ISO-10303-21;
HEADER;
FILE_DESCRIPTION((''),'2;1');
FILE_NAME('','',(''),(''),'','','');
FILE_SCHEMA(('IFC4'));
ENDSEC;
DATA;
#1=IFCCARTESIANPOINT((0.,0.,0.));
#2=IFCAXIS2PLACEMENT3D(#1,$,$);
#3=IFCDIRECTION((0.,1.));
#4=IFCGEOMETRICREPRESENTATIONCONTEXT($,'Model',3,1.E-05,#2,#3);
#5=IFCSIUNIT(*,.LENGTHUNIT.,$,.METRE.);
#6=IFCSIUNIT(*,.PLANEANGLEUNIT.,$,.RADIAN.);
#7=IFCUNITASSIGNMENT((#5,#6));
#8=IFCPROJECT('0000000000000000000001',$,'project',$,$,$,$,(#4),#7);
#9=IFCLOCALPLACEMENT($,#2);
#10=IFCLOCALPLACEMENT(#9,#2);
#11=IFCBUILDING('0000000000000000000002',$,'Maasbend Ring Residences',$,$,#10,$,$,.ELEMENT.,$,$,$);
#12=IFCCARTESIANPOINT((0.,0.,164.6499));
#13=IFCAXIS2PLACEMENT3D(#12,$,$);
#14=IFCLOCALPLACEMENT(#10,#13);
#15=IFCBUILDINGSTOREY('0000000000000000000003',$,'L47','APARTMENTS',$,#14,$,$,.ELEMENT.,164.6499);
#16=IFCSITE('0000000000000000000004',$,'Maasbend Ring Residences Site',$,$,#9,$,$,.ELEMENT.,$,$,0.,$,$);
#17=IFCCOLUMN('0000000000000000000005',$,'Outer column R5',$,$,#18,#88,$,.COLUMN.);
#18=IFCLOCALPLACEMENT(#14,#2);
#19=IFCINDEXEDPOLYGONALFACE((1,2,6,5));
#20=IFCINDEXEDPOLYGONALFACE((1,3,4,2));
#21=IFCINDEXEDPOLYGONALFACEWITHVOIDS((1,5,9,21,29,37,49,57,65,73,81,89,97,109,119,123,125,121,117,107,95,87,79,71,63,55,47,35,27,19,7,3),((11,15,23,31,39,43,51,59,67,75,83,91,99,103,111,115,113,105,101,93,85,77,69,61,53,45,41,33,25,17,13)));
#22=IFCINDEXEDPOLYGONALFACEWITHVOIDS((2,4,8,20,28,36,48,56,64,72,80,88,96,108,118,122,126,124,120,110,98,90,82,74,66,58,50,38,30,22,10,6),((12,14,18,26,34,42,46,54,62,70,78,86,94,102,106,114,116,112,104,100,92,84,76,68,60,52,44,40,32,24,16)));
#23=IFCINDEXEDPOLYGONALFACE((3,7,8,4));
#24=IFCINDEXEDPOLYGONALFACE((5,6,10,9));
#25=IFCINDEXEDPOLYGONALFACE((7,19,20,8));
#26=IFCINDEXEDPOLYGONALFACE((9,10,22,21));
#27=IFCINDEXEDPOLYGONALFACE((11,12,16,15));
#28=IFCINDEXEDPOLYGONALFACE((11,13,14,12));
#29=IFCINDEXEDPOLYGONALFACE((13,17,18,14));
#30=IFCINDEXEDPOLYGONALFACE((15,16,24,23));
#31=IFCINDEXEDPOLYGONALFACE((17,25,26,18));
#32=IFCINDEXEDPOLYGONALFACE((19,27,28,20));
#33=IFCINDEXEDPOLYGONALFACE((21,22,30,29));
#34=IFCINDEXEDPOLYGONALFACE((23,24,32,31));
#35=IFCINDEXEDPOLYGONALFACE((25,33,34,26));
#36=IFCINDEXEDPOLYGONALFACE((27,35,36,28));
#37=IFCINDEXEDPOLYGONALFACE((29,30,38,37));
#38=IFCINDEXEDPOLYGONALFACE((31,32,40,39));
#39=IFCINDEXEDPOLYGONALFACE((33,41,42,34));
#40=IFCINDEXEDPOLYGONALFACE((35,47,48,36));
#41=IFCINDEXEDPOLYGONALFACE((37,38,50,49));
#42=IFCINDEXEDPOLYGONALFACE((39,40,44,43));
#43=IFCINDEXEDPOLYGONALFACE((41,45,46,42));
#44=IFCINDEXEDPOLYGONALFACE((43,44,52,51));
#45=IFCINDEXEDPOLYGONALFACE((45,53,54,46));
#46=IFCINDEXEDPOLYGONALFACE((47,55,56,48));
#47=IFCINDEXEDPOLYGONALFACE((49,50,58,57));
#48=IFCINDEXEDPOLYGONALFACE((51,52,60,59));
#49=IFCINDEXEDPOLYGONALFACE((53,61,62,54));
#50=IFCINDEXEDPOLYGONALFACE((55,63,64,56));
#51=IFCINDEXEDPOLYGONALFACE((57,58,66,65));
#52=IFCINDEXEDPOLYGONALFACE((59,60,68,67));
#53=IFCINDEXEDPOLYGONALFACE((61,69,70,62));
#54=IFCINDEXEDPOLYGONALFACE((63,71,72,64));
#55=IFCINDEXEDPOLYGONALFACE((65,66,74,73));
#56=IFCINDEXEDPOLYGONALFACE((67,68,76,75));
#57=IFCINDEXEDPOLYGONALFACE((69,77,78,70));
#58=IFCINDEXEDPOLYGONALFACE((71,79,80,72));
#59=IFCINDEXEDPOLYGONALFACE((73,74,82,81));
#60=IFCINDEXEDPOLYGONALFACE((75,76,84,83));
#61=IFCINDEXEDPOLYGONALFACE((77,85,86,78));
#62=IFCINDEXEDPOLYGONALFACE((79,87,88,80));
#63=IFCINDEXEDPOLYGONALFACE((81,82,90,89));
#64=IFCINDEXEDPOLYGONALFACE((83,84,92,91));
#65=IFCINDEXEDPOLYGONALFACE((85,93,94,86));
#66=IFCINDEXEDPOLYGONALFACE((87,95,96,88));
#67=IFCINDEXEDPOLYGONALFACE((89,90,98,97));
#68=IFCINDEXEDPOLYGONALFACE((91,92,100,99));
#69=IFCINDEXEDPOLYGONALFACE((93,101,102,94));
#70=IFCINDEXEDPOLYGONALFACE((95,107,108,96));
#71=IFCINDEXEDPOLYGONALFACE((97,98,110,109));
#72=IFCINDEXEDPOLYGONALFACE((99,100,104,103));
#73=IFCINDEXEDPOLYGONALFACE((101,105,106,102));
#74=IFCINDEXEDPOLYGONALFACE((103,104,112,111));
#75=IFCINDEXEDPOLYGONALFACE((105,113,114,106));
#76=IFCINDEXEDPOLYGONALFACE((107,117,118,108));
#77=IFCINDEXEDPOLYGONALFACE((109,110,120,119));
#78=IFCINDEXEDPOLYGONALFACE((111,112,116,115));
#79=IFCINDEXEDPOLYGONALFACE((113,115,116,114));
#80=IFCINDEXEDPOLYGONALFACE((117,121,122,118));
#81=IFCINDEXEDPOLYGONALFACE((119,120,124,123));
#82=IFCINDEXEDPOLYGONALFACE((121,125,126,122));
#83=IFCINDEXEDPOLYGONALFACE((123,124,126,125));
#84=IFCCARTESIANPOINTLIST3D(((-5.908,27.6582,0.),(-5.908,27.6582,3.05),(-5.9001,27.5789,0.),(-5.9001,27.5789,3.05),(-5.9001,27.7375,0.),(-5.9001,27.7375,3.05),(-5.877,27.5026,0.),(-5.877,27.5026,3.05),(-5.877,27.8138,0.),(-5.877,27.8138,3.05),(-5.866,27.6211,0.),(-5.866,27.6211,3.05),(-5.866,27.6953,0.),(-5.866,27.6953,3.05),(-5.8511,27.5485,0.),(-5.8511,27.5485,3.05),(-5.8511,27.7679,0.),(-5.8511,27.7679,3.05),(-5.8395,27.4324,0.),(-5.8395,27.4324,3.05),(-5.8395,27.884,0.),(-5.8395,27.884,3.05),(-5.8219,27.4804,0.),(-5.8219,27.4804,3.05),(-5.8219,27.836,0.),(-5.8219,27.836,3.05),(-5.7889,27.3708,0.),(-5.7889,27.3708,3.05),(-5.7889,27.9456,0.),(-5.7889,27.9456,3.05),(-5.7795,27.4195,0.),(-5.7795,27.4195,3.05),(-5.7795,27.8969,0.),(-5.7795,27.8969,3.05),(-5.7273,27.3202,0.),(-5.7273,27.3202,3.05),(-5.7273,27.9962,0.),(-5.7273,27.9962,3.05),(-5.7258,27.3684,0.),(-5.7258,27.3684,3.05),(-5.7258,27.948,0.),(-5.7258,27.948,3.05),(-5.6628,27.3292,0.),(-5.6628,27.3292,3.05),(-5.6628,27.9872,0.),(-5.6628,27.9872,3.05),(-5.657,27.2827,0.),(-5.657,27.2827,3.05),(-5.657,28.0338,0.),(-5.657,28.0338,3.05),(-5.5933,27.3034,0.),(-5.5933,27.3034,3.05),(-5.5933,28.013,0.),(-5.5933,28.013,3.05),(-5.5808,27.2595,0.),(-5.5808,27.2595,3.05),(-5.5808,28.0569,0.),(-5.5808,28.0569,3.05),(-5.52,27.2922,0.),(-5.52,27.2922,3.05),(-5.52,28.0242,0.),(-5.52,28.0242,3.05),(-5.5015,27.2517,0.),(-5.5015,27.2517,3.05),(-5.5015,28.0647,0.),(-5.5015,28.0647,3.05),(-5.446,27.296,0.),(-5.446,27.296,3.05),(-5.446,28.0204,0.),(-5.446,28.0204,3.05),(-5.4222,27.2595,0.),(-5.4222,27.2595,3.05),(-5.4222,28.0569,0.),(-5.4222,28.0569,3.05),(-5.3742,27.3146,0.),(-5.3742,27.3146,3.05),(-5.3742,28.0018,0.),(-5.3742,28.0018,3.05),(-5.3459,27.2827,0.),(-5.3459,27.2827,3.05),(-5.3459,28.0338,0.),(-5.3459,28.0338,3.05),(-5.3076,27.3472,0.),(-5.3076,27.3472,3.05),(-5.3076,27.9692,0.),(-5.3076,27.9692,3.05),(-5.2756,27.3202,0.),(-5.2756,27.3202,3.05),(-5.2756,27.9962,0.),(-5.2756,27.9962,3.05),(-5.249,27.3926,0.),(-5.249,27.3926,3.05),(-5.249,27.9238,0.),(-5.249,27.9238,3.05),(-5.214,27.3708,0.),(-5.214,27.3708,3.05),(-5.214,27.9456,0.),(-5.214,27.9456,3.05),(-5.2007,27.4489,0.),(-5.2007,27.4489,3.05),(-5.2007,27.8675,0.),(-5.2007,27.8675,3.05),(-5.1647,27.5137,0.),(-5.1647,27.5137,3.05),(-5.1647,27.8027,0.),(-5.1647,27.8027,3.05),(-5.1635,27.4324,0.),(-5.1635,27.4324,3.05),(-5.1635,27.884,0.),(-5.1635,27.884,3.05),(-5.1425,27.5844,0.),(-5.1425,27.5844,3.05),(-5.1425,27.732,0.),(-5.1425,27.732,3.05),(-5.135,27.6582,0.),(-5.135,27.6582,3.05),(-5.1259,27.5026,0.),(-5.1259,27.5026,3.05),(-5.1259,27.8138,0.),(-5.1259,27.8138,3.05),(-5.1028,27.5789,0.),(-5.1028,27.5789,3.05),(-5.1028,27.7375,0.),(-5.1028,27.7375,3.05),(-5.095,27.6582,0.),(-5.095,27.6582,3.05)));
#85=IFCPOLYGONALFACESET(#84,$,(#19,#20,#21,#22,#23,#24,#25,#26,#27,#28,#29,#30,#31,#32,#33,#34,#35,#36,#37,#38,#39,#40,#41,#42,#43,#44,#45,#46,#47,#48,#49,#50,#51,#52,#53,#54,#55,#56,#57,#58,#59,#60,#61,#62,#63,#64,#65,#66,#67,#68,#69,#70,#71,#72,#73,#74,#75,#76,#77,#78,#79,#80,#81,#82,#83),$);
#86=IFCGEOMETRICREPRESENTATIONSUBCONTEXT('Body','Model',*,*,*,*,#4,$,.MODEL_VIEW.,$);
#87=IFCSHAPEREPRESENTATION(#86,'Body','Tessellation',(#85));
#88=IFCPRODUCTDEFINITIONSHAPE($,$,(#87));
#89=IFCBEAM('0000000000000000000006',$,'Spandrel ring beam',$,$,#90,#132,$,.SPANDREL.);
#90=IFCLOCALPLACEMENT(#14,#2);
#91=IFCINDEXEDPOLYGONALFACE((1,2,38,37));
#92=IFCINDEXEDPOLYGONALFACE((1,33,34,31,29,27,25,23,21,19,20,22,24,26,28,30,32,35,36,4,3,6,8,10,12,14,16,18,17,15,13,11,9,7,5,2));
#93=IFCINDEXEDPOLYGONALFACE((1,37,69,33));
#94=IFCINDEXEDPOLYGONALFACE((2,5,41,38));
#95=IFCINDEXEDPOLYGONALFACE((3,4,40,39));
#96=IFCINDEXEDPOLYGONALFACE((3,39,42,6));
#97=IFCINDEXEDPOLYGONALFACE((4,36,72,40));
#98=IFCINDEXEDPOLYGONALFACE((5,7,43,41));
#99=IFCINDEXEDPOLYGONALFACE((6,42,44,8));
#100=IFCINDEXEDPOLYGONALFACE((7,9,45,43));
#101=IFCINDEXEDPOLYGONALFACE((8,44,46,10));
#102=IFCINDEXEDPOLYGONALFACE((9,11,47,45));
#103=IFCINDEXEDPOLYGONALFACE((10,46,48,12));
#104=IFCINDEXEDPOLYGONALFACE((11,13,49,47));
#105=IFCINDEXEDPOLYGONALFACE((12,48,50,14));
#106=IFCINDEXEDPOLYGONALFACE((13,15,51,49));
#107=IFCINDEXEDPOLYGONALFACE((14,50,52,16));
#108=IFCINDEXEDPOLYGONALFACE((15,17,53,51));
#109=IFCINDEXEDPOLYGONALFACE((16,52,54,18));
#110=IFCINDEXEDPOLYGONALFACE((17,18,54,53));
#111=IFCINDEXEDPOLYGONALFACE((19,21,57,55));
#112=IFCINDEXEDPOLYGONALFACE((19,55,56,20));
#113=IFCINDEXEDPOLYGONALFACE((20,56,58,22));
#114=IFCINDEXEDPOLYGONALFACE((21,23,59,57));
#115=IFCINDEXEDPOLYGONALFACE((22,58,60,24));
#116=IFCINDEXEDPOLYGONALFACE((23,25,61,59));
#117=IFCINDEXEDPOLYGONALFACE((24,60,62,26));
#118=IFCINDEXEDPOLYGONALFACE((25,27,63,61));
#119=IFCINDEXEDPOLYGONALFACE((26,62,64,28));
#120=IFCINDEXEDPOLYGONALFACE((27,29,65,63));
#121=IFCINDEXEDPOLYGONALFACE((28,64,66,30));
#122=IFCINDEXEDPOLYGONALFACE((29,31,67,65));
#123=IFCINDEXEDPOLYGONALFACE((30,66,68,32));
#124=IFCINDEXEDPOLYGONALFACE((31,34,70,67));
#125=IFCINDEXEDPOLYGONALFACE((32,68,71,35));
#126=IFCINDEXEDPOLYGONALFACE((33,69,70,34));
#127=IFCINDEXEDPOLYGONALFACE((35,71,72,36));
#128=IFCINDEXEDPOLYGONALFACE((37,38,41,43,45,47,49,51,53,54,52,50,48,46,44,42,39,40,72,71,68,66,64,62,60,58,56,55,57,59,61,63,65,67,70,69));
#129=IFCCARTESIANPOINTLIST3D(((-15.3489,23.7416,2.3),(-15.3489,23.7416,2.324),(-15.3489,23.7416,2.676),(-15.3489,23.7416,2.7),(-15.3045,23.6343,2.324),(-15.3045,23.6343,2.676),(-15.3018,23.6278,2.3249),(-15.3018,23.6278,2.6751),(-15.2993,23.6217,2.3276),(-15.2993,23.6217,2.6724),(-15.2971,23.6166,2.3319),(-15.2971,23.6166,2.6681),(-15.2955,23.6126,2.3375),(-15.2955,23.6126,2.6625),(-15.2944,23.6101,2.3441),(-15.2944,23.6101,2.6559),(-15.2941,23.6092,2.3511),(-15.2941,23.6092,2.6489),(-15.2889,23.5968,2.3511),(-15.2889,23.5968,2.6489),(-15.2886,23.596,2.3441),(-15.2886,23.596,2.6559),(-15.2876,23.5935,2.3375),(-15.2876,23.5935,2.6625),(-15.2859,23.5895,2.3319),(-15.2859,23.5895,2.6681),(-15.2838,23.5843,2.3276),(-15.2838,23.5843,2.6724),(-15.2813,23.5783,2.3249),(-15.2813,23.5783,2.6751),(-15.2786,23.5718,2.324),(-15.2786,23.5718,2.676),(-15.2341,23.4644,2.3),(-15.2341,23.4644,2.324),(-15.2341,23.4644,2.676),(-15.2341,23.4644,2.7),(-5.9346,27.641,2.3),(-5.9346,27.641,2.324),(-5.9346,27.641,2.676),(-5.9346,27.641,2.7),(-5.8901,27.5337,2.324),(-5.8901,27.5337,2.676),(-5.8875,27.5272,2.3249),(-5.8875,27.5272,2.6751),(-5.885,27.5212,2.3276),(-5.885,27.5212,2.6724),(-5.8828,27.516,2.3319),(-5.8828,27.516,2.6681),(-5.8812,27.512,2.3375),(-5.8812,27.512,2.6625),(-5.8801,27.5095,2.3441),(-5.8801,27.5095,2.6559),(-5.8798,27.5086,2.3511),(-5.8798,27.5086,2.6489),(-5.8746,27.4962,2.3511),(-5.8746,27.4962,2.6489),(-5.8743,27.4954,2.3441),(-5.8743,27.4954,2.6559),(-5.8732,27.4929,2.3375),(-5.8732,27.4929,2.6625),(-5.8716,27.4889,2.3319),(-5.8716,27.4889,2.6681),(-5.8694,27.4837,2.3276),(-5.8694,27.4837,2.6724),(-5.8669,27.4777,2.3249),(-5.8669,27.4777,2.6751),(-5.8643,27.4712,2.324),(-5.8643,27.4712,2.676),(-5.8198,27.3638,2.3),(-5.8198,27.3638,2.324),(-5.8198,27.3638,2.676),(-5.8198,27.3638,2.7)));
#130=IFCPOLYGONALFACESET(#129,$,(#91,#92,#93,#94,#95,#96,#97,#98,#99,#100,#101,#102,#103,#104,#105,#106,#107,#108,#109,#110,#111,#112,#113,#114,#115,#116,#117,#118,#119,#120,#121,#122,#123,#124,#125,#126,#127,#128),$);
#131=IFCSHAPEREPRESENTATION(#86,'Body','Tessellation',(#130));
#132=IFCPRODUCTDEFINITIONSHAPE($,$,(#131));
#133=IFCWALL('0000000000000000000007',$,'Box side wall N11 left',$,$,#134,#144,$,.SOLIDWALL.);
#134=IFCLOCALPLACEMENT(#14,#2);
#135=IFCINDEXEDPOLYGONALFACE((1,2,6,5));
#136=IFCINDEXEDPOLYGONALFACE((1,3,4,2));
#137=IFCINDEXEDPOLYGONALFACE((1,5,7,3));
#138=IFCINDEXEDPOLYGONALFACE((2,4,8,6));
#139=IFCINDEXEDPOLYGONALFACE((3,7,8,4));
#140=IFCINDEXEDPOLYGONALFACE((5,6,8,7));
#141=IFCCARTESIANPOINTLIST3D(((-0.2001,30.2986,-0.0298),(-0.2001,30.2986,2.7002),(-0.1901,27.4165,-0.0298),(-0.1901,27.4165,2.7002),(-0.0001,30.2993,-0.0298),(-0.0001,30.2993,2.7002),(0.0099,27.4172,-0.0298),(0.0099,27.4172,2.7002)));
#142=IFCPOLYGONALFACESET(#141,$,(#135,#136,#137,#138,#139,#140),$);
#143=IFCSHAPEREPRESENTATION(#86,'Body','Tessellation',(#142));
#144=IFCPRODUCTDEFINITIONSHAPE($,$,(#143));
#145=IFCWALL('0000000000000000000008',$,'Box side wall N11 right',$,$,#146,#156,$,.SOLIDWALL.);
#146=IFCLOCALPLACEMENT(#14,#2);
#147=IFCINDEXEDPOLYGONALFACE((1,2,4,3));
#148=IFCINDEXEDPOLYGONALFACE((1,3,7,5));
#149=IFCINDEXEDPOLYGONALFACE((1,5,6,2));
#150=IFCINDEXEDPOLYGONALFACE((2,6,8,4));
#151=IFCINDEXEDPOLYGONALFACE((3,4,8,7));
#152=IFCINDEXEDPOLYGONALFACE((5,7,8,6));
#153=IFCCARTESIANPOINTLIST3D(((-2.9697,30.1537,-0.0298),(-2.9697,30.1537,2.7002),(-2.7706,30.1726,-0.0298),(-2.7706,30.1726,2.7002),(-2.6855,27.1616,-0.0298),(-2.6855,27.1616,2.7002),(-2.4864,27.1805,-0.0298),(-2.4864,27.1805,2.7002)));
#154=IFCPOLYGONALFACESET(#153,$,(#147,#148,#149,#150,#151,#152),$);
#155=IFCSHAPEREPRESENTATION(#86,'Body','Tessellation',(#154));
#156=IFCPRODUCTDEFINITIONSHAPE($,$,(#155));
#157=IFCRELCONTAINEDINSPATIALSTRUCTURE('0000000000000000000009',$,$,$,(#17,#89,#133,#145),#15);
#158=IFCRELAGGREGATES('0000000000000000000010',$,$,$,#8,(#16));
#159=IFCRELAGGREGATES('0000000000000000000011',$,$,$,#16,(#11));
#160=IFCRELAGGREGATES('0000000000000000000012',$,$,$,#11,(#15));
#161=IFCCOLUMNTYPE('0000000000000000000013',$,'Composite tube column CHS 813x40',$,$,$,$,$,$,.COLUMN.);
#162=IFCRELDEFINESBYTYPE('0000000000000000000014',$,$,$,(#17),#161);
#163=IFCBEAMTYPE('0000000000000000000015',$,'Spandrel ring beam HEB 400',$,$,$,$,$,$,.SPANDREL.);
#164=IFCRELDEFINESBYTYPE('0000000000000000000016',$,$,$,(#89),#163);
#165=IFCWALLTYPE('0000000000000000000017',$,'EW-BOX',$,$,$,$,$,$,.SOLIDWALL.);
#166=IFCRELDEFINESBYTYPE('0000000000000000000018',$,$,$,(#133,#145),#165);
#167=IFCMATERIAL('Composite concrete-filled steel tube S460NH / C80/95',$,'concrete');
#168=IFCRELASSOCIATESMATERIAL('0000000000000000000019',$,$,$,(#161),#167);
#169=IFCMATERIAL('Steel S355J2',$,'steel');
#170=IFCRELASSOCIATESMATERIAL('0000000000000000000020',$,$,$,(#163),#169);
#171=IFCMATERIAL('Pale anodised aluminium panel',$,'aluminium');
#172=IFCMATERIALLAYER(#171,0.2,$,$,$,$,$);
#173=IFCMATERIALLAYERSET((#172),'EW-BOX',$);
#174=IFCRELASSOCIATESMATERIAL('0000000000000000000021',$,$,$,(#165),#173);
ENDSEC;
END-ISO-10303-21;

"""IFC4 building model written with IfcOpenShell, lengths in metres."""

from ifc_helpers import new_model, si_unit, direction, frame, frame_2d, origin, origin_2d, place, context, subcontext, project, spatial, rectangle, hollow_circle, i_section, extrude, material, layer, layer_set, material_profile, profile_set, type_object, element, save


model = new_model("IFC4")

# Units and contexts
model_context = context("Model", 3, precision=1e-05, world=origin(), true_north=direction((0.0, 1.0)))
body_context = subcontext(model_context, "Body", "Model", "MODEL_VIEW")
ifc_project = project(units=[si_unit("LENGTHUNIT", "METRE"), si_unit("PLANEANGLEUNIT", "RADIAN")], contexts=[model_context])

# Site, building, storey
site_placement = place(None, origin())
site = spatial("IfcSite", under=ifc_project, at=site_placement, Name="Maasbend Ring Residences Site", CompositionType="ELEMENT", RefElevation=0.0)
building_placement = place(site_placement, origin())
building = spatial("IfcBuilding", under=site, at=building_placement, Name="Maasbend Ring Residences", CompositionType="ELEMENT")
storey_placement = place(building_placement, frame((0.0, 0.0, 164.6499)))
storey = spatial("IfcBuildingStorey", under=building, at=storey_placement, Name="L47", Description="APARTMENTS", CompositionType="ELEMENT", Elevation=164.6499)

# Column
ifc_material_1 = material(Name="Composite concrete-filled steel tube S460NH / C80/95", Category="concrete")
ifc_material_profile_1 = material_profile(ifc_material_1, hollow_circle(Radius=0.4065, WallThickness=0.04, at=origin_2d()), Name="Composite tube column CHS 813x40")
ifc_profile_set_1 = profile_set([ifc_material_profile_1], Name="Composite concrete-filled steel tube S460NH / C80/95")
column_type = type_object("IfcColumnType", Name="Composite tube column CHS 813x40", PredefinedType="COLUMN", material=ifc_profile_set_1)
column_placement = place(storey_placement, frame((-5.5015, 27.6582, 0.0), z_axis=(0.0, 0.0, 1.0), x_axis=(1.0, 0.0, 0.0)))
element("IfcColumn", 1, at=column_placement, inside=storey, type_object=column_type, Name="Outer column R5", PredefinedType="COLUMN", context=body_context, shape_type="SweptSolid", body=[
    extrude(hollow_circle(Radius=0.4065, WallThickness=0.04, at=origin_2d()), origin(), (0.0, 0.0, 1.0), 3.05),
])

# Beam
ifc_material_2 = material(Name="Steel S355J2", Category="steel")
ifc_material_profile_2 = material_profile(ifc_material_2, i_section(OverallWidth=0.3, OverallDepth=0.3999, WebThickness=0.0134, FlangeThickness=0.0239, FilletRadius=0.0271, at=origin_2d()), Name="HEB 400")
ifc_profile_set_2 = profile_set([ifc_material_profile_2], Name="Steel S355J2")
beam_type = type_object("IfcBeamType", Name="Spandrel ring beam HEB 400", PredefinedType="SPANDREL", material=ifc_profile_set_2)
beam_placement = place(storey_placement, frame((-5.8772, 27.5024, 2.5), z_axis=(-0.923884, -0.382673, 0.0), x_axis=(0.382673, -0.923884, 0.0)))
element("IfcBeam", 2, at=beam_placement, inside=storey, type_object=beam_type, Name="Spandrel ring beam", PredefinedType="SPANDREL", context=body_context, shape_type="SweptSolid", body=[
    extrude(i_section(OverallWidth=0.3, OverallDepth=0.3999, WebThickness=0.0134, FlangeThickness=0.0239, FilletRadius=0.0271, at=origin_2d()), origin(), (0.0, 0.0, 1.0), 10.1899),
])

# Walls
ifc_material_3 = material(Name="Pale anodised aluminium panel", Category="aluminium")
ifc_layer_1 = layer(ifc_material_3, 0.2)
ifc_layer_set_1 = layer_set([ifc_layer_1], Name="EW-BOX")
wall_type_1 = type_object("IfcWallType", Name="EW-BOX", PredefinedType="SOLIDWALL", material=ifc_layer_set_1)
wall_1_placement = place(storey_placement, frame((-0.0901, 27.417, -0.0298), z_axis=(0.0, 0.0, 1.0), x_axis=(-0.003473, 0.999994, 0.0)))
element("IfcWall", 3, at=wall_1_placement, inside=storey, type_object=wall_type_1, Name="Box side wall N11 left", PredefinedType="SOLIDWALL", context=body_context, shape_type="SweptSolid", body=[
    extrude(rectangle(XDim=2.8821, YDim=0.2, at=frame_2d((1.4409, 0.0))), origin(), (0.0, 0.0, 1.0), 2.73),
])
wall_2_placement = place(storey_placement, frame((-2.5859, 27.1709, -0.0298), z_axis=(0.0, 0.0, 1.0), x_axis=(-0.094548, 0.99552, 0.0)))
element("IfcWall", 4, at=wall_2_placement, inside=storey, type_object=wall_type_1, Name="Box side wall N11 right", PredefinedType="SOLIDWALL", context=body_context, shape_type="SweptSolid", body=[
    extrude(rectangle(XDim=3.0056, YDim=0.2, at=frame_2d((1.5029, 0.0))), origin(), (0.0, 0.0, 1.0), 2.73),
])

save(model, "model.ifc")
